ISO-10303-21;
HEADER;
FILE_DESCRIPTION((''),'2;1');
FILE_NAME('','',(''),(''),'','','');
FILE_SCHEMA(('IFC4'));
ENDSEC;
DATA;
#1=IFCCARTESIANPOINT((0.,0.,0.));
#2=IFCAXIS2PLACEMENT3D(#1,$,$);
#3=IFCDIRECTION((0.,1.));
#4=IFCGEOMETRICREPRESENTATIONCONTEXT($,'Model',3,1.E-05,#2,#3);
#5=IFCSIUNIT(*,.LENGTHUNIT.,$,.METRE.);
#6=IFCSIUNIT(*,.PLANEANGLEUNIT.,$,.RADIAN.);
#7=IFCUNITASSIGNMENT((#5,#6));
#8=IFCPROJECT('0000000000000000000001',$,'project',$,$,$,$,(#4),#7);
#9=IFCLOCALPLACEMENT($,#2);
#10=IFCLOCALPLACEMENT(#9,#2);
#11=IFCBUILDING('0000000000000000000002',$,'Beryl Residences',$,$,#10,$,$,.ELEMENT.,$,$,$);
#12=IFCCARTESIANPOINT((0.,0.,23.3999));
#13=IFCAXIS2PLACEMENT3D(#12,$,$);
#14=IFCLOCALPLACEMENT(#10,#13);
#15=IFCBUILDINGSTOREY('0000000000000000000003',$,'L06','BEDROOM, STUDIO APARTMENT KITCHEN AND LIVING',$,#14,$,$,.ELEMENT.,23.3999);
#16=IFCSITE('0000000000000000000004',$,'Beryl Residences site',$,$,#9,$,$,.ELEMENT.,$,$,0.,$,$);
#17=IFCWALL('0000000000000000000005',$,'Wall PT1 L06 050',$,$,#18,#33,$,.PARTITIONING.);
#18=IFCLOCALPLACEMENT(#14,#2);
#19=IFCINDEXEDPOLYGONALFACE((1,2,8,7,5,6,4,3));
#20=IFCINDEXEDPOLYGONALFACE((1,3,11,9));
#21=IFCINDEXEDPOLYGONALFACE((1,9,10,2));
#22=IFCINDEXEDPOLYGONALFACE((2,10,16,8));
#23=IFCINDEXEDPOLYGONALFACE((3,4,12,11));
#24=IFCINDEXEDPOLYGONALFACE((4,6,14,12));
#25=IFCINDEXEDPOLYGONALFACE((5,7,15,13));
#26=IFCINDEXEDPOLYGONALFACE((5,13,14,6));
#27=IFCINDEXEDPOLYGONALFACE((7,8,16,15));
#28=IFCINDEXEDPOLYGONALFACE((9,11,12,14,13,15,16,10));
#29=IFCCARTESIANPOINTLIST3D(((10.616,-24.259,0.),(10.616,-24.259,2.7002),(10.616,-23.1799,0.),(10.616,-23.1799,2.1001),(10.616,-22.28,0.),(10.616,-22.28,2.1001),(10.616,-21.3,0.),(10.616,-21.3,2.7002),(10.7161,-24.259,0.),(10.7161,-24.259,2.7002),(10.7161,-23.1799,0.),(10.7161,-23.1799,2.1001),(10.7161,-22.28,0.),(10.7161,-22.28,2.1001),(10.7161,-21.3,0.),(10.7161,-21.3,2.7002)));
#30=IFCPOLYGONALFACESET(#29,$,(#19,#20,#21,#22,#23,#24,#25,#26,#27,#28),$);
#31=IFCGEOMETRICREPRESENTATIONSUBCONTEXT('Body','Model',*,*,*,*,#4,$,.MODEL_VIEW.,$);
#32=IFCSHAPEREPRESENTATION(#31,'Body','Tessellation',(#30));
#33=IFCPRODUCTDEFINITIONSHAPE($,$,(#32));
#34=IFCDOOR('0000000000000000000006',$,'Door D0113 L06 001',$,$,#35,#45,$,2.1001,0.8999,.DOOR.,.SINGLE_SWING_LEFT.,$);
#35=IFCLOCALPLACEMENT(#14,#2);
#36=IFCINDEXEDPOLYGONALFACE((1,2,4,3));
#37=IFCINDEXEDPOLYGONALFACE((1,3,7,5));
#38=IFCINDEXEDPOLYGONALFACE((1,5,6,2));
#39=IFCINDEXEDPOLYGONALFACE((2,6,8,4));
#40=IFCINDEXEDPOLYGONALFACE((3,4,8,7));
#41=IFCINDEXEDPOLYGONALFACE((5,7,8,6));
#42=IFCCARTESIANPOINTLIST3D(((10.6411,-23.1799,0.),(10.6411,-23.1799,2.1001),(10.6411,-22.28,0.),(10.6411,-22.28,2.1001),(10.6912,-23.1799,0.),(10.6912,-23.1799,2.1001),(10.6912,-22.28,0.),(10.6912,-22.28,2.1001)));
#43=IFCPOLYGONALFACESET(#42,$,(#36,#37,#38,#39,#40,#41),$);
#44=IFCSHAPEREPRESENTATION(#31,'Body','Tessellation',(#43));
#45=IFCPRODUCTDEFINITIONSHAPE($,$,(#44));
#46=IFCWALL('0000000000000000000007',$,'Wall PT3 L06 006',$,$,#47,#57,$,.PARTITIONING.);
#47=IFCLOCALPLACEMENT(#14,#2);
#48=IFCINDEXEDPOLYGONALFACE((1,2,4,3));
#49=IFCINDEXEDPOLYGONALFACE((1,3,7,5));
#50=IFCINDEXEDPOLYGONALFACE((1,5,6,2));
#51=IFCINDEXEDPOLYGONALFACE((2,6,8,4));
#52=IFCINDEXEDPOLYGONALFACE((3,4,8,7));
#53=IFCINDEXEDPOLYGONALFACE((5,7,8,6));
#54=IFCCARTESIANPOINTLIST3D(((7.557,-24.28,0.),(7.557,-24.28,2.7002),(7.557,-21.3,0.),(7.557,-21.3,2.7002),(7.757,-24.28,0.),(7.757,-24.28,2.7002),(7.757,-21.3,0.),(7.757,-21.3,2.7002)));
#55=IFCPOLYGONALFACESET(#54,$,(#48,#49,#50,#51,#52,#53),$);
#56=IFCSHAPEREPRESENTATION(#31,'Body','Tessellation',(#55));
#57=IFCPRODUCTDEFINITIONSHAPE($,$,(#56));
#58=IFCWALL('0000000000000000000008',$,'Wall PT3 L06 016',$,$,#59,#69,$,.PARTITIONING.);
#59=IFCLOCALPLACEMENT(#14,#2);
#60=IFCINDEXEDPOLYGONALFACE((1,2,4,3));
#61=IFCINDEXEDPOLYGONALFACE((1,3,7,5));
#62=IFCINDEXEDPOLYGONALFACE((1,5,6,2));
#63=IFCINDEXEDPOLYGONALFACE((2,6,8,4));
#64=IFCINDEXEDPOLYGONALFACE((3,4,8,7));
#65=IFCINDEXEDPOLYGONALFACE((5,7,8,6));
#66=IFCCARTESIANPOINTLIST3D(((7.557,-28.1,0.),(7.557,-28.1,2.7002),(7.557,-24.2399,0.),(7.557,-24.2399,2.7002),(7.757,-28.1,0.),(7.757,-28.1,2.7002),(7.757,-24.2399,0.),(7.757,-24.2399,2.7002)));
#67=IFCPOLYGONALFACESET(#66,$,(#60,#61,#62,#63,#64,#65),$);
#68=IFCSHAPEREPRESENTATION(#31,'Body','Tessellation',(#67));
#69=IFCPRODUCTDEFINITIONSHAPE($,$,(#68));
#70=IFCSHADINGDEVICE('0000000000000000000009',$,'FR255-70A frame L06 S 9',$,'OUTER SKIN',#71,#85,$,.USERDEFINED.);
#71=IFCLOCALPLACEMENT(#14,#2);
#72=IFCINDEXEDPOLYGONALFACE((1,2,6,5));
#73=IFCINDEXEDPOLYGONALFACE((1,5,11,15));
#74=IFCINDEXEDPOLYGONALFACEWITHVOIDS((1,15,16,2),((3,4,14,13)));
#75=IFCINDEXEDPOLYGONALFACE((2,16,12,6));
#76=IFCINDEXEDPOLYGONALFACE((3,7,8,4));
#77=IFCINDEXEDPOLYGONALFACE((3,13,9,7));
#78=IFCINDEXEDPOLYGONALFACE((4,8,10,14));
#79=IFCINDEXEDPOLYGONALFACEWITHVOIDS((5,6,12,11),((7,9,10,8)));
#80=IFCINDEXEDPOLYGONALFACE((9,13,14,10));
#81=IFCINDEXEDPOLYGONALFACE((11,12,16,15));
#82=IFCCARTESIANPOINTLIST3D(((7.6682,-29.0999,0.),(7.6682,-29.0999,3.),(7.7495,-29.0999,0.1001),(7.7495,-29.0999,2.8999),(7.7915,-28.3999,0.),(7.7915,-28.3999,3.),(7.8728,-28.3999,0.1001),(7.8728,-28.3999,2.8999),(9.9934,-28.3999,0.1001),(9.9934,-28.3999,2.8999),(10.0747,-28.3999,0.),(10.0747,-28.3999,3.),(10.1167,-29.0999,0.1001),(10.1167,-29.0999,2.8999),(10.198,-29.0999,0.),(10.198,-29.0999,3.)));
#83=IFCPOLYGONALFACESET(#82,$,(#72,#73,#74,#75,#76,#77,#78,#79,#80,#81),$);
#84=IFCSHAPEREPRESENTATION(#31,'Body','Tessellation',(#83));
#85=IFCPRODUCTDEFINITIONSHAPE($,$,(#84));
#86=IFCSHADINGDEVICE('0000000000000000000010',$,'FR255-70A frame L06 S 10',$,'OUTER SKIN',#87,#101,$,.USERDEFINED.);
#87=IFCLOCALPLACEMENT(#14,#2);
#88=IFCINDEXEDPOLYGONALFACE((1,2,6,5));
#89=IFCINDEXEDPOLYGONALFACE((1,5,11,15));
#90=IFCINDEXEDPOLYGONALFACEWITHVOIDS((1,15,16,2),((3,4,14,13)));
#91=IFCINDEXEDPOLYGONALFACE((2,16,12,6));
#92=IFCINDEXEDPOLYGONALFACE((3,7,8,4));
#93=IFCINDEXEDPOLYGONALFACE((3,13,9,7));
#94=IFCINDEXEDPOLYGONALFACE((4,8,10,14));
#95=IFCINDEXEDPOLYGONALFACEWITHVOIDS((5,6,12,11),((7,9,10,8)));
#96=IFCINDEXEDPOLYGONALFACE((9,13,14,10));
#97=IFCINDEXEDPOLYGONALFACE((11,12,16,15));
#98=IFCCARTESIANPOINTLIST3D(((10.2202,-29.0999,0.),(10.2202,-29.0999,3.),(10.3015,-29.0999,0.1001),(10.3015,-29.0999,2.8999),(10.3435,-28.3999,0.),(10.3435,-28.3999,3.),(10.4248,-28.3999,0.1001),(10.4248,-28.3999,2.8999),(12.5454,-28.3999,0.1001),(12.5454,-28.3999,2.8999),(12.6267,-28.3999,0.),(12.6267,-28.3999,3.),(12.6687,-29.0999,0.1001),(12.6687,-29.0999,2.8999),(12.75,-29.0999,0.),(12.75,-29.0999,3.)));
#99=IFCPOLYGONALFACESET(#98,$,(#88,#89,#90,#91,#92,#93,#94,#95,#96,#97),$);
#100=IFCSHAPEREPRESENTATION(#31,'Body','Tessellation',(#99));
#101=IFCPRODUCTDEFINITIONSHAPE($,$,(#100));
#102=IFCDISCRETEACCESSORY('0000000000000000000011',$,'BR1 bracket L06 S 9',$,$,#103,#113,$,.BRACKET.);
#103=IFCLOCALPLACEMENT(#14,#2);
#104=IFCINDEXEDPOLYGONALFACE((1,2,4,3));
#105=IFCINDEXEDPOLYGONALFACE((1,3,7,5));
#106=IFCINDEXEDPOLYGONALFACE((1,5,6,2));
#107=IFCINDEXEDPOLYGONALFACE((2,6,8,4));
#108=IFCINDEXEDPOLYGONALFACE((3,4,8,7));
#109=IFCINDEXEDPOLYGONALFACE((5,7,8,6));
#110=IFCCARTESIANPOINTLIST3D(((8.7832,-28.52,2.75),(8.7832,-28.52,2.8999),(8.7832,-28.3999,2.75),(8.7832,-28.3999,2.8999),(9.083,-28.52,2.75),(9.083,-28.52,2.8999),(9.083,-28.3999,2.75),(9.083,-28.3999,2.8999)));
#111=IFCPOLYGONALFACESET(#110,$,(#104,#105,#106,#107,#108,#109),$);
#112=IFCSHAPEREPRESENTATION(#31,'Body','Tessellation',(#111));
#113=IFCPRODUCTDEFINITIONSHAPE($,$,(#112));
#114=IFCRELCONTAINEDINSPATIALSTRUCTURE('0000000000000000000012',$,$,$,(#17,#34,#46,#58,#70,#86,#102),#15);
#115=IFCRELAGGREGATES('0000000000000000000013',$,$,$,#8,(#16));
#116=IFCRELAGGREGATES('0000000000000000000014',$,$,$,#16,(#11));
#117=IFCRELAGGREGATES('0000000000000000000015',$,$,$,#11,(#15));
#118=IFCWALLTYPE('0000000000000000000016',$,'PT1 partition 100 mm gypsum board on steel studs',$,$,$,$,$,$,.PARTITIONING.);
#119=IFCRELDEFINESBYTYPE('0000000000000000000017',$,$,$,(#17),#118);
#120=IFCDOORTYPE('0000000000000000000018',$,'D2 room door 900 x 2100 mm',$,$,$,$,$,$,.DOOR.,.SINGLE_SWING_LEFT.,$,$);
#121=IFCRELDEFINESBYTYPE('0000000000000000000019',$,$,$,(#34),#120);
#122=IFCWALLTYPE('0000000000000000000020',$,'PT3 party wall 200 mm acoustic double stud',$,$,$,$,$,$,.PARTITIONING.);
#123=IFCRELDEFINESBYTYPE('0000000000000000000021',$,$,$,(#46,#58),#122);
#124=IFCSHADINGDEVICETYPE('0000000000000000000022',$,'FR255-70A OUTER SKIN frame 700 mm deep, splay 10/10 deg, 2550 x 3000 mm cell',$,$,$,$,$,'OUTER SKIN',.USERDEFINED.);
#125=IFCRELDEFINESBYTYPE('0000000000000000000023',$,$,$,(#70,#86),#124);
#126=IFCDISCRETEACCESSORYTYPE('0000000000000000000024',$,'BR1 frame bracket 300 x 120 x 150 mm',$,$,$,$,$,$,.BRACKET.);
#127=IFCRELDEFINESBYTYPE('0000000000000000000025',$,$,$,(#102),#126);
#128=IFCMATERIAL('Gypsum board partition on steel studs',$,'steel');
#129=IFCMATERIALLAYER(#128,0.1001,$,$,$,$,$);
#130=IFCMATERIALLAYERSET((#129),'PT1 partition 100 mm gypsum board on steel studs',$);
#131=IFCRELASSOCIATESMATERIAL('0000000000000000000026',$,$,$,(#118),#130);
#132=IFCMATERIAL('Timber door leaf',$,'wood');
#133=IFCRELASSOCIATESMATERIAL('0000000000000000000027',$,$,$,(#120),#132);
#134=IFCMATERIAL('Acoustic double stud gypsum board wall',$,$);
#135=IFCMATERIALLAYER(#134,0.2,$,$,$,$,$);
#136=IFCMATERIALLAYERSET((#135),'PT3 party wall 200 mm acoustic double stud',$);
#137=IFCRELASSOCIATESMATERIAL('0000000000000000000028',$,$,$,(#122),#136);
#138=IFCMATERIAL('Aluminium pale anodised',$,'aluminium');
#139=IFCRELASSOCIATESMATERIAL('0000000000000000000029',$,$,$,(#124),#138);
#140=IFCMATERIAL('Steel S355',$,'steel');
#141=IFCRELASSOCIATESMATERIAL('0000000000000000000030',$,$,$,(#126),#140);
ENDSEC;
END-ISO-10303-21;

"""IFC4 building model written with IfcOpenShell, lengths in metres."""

from ifc_helpers import new_model, entity, si_unit, direction, frame, frame_2d, origin, place, context, subcontext, project, spatial, polyline, rectangle, outline, extrude, source, transform, mapped, material, layer, layer_set, type_object, type_shapes, element, fill, save


model = new_model("IFC4")

# Units and contexts
model_context = context("Model", 3, precision=1e-05, world=origin(), true_north=direction((0.0, 1.0)))
body_context = subcontext(model_context, "Body", "Model", "MODEL_VIEW")
ifc_project = project(units=[si_unit("LENGTHUNIT", "METRE"), si_unit("PLANEANGLEUNIT", "RADIAN")], contexts=[model_context])

# Site, building, storey
site_placement = place(None, origin())
site = spatial("IfcSite", under=ifc_project, at=site_placement, Name="Beryl Residences site", CompositionType="ELEMENT", RefElevation=0.0)
building_placement = place(site_placement, origin())
building = spatial("IfcBuilding", under=site, at=building_placement, Name="Beryl Residences", CompositionType="ELEMENT")
storey_placement = place(building_placement, frame((0.0, 0.0, 23.3999)))
storey = spatial("IfcBuildingStorey", under=building, at=storey_placement, Name="L06", Description="BEDROOM, STUDIO APARTMENT KITCHEN AND LIVING", CompositionType="ELEMENT", Elevation=23.3999)

# Shared definitions
ifc_material_1 = material(Name="Gypsum board partition on steel studs", Category="steel")
ifc_layer_1 = layer(ifc_material_1, 0.1001)
ifc_layer_set_1 = layer_set([ifc_layer_1], Name="PT1 partition 100 mm gypsum board on steel studs")
wall_type_1 = type_object("IfcWallType", Name="PT1 partition 100 mm gypsum board on steel studs", PredefinedType="PARTITIONING", material=ifc_layer_set_1)

# Wall, opening, door
wall_1_placement = place(storey_placement, frame((10.666, -24.259, 0.0), z_axis=(0.0, 0.0, 1.0), x_axis=(0.0, 1.0, 0.0)))
wall_1 = element("IfcWall", 1, at=wall_1_placement, inside=storey, type_object=wall_type_1, Name="Wall PT1 L06 050", PredefinedType="PARTITIONING", context=body_context, shape_type="SweptSolid", body=[
    extrude(rectangle(XDim=2.959, YDim=0.1001, at=frame_2d((1.4795, 0.0))), origin(), (0.0, 0.0, 1.0), 2.7002),
])
opening_1_placement = place(wall_1_placement, frame((1.0791, 0.0, 0.0)))
opening_1 = element("IfcOpeningElement", 2, at=opening_1_placement, cuts=wall_1, PredefinedType="OPENING", context=body_context, shape_type="SweptSolid", body=[
    extrude(rectangle(XDim=0.8999, YDim=2.1001, at=frame_2d((0.45, 1.05))), frame((0.0, 0.0601, 0.0), z_axis=(0.0, -1.0, 0.0), x_axis=(1.0, 0.0, 0.0)), (0.0, 0.0, 1.0), 0.1201),
])
ifc_material_2 = material(Name="Timber door leaf", Category="wood")
door_type_1 = type_object("IfcDoorType", Name="D2 room door 900 x 2100 mm", OperationType="SINGLE_SWING_LEFT", PredefinedType="DOOR", material=ifc_material_2)
door_1_placement = place(opening_1_placement, origin())
door_1 = element("IfcDoor", 3, at=door_1_placement, inside=storey, type_object=door_type_1, Name="Door D0113 L06 001", OperationType="SINGLE_SWING_LEFT", OverallHeight=2.1001, OverallWidth=0.8999, PredefinedType="DOOR", context=body_context, shape_type="SweptSolid", body=[
    extrude(rectangle(XDim=0.8999, YDim=2.1001, at=frame_2d((0.45, 1.05))), frame((0.0, 0.0249, 0.0), z_axis=(0.0, -1.0, 0.0), x_axis=(1.0, 0.0, 0.0)), (0.0, 0.0, 1.0), 0.05),
])
fill(opening_1, door_1)

# Walls
ifc_material_3 = material(Name="Acoustic double stud gypsum board wall")
ifc_layer_2 = layer(ifc_material_3, 0.2)
ifc_layer_set_2 = layer_set([ifc_layer_2], Name="PT3 party wall 200 mm acoustic double stud")
wall_type_2 = type_object("IfcWallType", Name="PT3 party wall 200 mm acoustic double stud", PredefinedType="PARTITIONING", material=ifc_layer_set_2)
wall_2_placement = place(storey_placement, frame((7.657, -21.3, 0.0), z_axis=(0.0, 0.0, 1.0), x_axis=(0.0, -1.0, 0.0)))
element("IfcWall", 4, at=wall_2_placement, inside=storey, type_object=wall_type_2, Name="Wall PT3 L06 006", PredefinedType="PARTITIONING", context=body_context, shape_type="SweptSolid", body=[
    extrude(rectangle(XDim=2.98, YDim=0.2, at=frame_2d((1.49, 0.0))), origin(), (0.0, 0.0, 1.0), 2.7002),
])
wall_3_placement = place(storey_placement, frame((7.657, -28.1001, 0.0), z_axis=(0.0, 0.0, 1.0), x_axis=(0.0, 1.0, 0.0)))
element("IfcWall", 5, at=wall_3_placement, inside=storey, type_object=wall_type_2, Name="Wall PT3 L06 016", PredefinedType="PARTITIONING", context=body_context, shape_type="SweptSolid", body=[
    extrude(rectangle(XDim=3.8601, YDim=0.2, at=frame_2d((1.9302, 0.0))), origin(), (0.0, 0.0, 1.0), 2.7002),
])

# Shading devices
ifc_material_4 = material(Name="Aluminium pale anodised", Category="aluminium")
shading_device_type = type_object("IfcShadingDeviceType", Name="FR255-70A OUTER SKIN frame 700 mm deep, splay 10/10 deg, 2550 x 3000 mm cell", ElementType="OUTER SKIN", PredefinedType="USERDEFINED", material=ifc_material_4)
cartesian_point_1 = entity("IfcCartesianPoint", [-1.1416, 0.0])
cartesian_point_2 = entity("IfcCartesianPoint", [-1.0603, 0.1001])
cartesian_point_3 = entity("IfcCartesianPoint", [-1.2649, 0.0])
cartesian_point_4 = entity("IfcCartesianPoint", [-1.1836, 0.1001])
shared_shape_1 = source(origin(), body_context, "Body", "SweptSolid", [
    entity("IfcExtrudedAreaSolidTapered", entity("IfcArbitraryProfileDefWithVoids", "AREA", None, entity("IfcPolyline", [cartesian_point_1, entity("IfcCartesianPoint", [1.1416, 0.0]), entity("IfcCartesianPoint", [1.1416, 3.0]), entity("IfcCartesianPoint", [-1.1416, 3.0]), cartesian_point_1]), [entity("IfcPolyline", [cartesian_point_2, entity("IfcCartesianPoint", [1.0603, 0.1001]), entity("IfcCartesianPoint", [1.0603, 2.8999]), entity("IfcCartesianPoint", [-1.0603, 2.8999]), cartesian_point_2])]), entity("IfcAxis2Placement3D", entity("IfcCartesianPoint", [0.0, 0.0, 0.0]), entity("IfcDirection", [0.0, 1.0, 0.0]), entity("IfcDirection", [-1.0, 0.0, 0.0])), entity("IfcDirection", [0.0, 0.0, 1.0]), 0.7, entity("IfcArbitraryProfileDefWithVoids", "AREA", None, entity("IfcPolyline", [cartesian_point_3, entity("IfcCartesianPoint", [1.2649, 0.0]), entity("IfcCartesianPoint", [1.2649, 3.0]), entity("IfcCartesianPoint", [-1.2649, 3.0]), cartesian_point_3]), [entity("IfcPolyline", [cartesian_point_4, entity("IfcCartesianPoint", [1.1836, 0.1001]), entity("IfcCartesianPoint", [1.1836, 2.8999]), entity("IfcCartesianPoint", [-1.1836, 2.8999]), cartesian_point_4])])),
])
type_shapes(shading_device_type, [shared_shape_1])
for number, where, z_axis, x_axis, name in (
    (6, (8.9331, -28.3999, 0.0), (0.0, 0.0, 1.0), (-1.0, 0.0, 0.0), "FR255-70A frame L06 S 9"),
    (7, (11.4851, -28.3999, 0.0), (0.0, 0.0, 1.0), (-1.0, 0.0, 0.0), "FR255-70A frame L06 S 10"),
):
    element("IfcShadingDevice", number, at=place(storey_placement, frame(where, z_axis=z_axis, x_axis=x_axis)), inside=storey, type_object=shading_device_type, Name=name, ObjectType="OUTER SKIN", PredefinedType="USERDEFINED", context=body_context, shape_type="MappedRepresentation", body=[
        mapped(shared_shape_1, transform((0.0, 0.0, 0.0))),
    ])

# Discrete accessory
ifc_material_5 = material(Name="Steel S355", Category="steel")
discrete_accessory_type = type_object("IfcDiscreteAccessoryType", Name="BR1 frame bracket 300 x 120 x 150 mm", PredefinedType="BRACKET", material=ifc_material_5)
shared_shape_2 = source(origin(), body_context, "Body", "SweptSolid", [
    extrude(outline(polyline([(-0.1499, 0.0), (0.1499, 0.0), (0.1499, 0.1201), (-0.1499, 0.1201), (-0.1499, 0.0)])), origin(), (0.0, 0.0, 1.0), 0.1499),
])
type_shapes(discrete_accessory_type, [shared_shape_2])
discrete_accessory_placement = place(storey_placement, frame((8.9331, -28.3999, 2.75), z_axis=(0.0, 0.0, 1.0), x_axis=(-1.0, 0.0, 0.0)))
element("IfcDiscreteAccessory", 8, at=discrete_accessory_placement, inside=storey, type_object=discrete_accessory_type, Name="BR1 bracket L06 S 9", PredefinedType="BRACKET", context=body_context, shape_type="MappedRepresentation", body=[
    mapped(shared_shape_2, transform((0.0, 0.0, 0.0))),
])

save(model, "model.ifc")
